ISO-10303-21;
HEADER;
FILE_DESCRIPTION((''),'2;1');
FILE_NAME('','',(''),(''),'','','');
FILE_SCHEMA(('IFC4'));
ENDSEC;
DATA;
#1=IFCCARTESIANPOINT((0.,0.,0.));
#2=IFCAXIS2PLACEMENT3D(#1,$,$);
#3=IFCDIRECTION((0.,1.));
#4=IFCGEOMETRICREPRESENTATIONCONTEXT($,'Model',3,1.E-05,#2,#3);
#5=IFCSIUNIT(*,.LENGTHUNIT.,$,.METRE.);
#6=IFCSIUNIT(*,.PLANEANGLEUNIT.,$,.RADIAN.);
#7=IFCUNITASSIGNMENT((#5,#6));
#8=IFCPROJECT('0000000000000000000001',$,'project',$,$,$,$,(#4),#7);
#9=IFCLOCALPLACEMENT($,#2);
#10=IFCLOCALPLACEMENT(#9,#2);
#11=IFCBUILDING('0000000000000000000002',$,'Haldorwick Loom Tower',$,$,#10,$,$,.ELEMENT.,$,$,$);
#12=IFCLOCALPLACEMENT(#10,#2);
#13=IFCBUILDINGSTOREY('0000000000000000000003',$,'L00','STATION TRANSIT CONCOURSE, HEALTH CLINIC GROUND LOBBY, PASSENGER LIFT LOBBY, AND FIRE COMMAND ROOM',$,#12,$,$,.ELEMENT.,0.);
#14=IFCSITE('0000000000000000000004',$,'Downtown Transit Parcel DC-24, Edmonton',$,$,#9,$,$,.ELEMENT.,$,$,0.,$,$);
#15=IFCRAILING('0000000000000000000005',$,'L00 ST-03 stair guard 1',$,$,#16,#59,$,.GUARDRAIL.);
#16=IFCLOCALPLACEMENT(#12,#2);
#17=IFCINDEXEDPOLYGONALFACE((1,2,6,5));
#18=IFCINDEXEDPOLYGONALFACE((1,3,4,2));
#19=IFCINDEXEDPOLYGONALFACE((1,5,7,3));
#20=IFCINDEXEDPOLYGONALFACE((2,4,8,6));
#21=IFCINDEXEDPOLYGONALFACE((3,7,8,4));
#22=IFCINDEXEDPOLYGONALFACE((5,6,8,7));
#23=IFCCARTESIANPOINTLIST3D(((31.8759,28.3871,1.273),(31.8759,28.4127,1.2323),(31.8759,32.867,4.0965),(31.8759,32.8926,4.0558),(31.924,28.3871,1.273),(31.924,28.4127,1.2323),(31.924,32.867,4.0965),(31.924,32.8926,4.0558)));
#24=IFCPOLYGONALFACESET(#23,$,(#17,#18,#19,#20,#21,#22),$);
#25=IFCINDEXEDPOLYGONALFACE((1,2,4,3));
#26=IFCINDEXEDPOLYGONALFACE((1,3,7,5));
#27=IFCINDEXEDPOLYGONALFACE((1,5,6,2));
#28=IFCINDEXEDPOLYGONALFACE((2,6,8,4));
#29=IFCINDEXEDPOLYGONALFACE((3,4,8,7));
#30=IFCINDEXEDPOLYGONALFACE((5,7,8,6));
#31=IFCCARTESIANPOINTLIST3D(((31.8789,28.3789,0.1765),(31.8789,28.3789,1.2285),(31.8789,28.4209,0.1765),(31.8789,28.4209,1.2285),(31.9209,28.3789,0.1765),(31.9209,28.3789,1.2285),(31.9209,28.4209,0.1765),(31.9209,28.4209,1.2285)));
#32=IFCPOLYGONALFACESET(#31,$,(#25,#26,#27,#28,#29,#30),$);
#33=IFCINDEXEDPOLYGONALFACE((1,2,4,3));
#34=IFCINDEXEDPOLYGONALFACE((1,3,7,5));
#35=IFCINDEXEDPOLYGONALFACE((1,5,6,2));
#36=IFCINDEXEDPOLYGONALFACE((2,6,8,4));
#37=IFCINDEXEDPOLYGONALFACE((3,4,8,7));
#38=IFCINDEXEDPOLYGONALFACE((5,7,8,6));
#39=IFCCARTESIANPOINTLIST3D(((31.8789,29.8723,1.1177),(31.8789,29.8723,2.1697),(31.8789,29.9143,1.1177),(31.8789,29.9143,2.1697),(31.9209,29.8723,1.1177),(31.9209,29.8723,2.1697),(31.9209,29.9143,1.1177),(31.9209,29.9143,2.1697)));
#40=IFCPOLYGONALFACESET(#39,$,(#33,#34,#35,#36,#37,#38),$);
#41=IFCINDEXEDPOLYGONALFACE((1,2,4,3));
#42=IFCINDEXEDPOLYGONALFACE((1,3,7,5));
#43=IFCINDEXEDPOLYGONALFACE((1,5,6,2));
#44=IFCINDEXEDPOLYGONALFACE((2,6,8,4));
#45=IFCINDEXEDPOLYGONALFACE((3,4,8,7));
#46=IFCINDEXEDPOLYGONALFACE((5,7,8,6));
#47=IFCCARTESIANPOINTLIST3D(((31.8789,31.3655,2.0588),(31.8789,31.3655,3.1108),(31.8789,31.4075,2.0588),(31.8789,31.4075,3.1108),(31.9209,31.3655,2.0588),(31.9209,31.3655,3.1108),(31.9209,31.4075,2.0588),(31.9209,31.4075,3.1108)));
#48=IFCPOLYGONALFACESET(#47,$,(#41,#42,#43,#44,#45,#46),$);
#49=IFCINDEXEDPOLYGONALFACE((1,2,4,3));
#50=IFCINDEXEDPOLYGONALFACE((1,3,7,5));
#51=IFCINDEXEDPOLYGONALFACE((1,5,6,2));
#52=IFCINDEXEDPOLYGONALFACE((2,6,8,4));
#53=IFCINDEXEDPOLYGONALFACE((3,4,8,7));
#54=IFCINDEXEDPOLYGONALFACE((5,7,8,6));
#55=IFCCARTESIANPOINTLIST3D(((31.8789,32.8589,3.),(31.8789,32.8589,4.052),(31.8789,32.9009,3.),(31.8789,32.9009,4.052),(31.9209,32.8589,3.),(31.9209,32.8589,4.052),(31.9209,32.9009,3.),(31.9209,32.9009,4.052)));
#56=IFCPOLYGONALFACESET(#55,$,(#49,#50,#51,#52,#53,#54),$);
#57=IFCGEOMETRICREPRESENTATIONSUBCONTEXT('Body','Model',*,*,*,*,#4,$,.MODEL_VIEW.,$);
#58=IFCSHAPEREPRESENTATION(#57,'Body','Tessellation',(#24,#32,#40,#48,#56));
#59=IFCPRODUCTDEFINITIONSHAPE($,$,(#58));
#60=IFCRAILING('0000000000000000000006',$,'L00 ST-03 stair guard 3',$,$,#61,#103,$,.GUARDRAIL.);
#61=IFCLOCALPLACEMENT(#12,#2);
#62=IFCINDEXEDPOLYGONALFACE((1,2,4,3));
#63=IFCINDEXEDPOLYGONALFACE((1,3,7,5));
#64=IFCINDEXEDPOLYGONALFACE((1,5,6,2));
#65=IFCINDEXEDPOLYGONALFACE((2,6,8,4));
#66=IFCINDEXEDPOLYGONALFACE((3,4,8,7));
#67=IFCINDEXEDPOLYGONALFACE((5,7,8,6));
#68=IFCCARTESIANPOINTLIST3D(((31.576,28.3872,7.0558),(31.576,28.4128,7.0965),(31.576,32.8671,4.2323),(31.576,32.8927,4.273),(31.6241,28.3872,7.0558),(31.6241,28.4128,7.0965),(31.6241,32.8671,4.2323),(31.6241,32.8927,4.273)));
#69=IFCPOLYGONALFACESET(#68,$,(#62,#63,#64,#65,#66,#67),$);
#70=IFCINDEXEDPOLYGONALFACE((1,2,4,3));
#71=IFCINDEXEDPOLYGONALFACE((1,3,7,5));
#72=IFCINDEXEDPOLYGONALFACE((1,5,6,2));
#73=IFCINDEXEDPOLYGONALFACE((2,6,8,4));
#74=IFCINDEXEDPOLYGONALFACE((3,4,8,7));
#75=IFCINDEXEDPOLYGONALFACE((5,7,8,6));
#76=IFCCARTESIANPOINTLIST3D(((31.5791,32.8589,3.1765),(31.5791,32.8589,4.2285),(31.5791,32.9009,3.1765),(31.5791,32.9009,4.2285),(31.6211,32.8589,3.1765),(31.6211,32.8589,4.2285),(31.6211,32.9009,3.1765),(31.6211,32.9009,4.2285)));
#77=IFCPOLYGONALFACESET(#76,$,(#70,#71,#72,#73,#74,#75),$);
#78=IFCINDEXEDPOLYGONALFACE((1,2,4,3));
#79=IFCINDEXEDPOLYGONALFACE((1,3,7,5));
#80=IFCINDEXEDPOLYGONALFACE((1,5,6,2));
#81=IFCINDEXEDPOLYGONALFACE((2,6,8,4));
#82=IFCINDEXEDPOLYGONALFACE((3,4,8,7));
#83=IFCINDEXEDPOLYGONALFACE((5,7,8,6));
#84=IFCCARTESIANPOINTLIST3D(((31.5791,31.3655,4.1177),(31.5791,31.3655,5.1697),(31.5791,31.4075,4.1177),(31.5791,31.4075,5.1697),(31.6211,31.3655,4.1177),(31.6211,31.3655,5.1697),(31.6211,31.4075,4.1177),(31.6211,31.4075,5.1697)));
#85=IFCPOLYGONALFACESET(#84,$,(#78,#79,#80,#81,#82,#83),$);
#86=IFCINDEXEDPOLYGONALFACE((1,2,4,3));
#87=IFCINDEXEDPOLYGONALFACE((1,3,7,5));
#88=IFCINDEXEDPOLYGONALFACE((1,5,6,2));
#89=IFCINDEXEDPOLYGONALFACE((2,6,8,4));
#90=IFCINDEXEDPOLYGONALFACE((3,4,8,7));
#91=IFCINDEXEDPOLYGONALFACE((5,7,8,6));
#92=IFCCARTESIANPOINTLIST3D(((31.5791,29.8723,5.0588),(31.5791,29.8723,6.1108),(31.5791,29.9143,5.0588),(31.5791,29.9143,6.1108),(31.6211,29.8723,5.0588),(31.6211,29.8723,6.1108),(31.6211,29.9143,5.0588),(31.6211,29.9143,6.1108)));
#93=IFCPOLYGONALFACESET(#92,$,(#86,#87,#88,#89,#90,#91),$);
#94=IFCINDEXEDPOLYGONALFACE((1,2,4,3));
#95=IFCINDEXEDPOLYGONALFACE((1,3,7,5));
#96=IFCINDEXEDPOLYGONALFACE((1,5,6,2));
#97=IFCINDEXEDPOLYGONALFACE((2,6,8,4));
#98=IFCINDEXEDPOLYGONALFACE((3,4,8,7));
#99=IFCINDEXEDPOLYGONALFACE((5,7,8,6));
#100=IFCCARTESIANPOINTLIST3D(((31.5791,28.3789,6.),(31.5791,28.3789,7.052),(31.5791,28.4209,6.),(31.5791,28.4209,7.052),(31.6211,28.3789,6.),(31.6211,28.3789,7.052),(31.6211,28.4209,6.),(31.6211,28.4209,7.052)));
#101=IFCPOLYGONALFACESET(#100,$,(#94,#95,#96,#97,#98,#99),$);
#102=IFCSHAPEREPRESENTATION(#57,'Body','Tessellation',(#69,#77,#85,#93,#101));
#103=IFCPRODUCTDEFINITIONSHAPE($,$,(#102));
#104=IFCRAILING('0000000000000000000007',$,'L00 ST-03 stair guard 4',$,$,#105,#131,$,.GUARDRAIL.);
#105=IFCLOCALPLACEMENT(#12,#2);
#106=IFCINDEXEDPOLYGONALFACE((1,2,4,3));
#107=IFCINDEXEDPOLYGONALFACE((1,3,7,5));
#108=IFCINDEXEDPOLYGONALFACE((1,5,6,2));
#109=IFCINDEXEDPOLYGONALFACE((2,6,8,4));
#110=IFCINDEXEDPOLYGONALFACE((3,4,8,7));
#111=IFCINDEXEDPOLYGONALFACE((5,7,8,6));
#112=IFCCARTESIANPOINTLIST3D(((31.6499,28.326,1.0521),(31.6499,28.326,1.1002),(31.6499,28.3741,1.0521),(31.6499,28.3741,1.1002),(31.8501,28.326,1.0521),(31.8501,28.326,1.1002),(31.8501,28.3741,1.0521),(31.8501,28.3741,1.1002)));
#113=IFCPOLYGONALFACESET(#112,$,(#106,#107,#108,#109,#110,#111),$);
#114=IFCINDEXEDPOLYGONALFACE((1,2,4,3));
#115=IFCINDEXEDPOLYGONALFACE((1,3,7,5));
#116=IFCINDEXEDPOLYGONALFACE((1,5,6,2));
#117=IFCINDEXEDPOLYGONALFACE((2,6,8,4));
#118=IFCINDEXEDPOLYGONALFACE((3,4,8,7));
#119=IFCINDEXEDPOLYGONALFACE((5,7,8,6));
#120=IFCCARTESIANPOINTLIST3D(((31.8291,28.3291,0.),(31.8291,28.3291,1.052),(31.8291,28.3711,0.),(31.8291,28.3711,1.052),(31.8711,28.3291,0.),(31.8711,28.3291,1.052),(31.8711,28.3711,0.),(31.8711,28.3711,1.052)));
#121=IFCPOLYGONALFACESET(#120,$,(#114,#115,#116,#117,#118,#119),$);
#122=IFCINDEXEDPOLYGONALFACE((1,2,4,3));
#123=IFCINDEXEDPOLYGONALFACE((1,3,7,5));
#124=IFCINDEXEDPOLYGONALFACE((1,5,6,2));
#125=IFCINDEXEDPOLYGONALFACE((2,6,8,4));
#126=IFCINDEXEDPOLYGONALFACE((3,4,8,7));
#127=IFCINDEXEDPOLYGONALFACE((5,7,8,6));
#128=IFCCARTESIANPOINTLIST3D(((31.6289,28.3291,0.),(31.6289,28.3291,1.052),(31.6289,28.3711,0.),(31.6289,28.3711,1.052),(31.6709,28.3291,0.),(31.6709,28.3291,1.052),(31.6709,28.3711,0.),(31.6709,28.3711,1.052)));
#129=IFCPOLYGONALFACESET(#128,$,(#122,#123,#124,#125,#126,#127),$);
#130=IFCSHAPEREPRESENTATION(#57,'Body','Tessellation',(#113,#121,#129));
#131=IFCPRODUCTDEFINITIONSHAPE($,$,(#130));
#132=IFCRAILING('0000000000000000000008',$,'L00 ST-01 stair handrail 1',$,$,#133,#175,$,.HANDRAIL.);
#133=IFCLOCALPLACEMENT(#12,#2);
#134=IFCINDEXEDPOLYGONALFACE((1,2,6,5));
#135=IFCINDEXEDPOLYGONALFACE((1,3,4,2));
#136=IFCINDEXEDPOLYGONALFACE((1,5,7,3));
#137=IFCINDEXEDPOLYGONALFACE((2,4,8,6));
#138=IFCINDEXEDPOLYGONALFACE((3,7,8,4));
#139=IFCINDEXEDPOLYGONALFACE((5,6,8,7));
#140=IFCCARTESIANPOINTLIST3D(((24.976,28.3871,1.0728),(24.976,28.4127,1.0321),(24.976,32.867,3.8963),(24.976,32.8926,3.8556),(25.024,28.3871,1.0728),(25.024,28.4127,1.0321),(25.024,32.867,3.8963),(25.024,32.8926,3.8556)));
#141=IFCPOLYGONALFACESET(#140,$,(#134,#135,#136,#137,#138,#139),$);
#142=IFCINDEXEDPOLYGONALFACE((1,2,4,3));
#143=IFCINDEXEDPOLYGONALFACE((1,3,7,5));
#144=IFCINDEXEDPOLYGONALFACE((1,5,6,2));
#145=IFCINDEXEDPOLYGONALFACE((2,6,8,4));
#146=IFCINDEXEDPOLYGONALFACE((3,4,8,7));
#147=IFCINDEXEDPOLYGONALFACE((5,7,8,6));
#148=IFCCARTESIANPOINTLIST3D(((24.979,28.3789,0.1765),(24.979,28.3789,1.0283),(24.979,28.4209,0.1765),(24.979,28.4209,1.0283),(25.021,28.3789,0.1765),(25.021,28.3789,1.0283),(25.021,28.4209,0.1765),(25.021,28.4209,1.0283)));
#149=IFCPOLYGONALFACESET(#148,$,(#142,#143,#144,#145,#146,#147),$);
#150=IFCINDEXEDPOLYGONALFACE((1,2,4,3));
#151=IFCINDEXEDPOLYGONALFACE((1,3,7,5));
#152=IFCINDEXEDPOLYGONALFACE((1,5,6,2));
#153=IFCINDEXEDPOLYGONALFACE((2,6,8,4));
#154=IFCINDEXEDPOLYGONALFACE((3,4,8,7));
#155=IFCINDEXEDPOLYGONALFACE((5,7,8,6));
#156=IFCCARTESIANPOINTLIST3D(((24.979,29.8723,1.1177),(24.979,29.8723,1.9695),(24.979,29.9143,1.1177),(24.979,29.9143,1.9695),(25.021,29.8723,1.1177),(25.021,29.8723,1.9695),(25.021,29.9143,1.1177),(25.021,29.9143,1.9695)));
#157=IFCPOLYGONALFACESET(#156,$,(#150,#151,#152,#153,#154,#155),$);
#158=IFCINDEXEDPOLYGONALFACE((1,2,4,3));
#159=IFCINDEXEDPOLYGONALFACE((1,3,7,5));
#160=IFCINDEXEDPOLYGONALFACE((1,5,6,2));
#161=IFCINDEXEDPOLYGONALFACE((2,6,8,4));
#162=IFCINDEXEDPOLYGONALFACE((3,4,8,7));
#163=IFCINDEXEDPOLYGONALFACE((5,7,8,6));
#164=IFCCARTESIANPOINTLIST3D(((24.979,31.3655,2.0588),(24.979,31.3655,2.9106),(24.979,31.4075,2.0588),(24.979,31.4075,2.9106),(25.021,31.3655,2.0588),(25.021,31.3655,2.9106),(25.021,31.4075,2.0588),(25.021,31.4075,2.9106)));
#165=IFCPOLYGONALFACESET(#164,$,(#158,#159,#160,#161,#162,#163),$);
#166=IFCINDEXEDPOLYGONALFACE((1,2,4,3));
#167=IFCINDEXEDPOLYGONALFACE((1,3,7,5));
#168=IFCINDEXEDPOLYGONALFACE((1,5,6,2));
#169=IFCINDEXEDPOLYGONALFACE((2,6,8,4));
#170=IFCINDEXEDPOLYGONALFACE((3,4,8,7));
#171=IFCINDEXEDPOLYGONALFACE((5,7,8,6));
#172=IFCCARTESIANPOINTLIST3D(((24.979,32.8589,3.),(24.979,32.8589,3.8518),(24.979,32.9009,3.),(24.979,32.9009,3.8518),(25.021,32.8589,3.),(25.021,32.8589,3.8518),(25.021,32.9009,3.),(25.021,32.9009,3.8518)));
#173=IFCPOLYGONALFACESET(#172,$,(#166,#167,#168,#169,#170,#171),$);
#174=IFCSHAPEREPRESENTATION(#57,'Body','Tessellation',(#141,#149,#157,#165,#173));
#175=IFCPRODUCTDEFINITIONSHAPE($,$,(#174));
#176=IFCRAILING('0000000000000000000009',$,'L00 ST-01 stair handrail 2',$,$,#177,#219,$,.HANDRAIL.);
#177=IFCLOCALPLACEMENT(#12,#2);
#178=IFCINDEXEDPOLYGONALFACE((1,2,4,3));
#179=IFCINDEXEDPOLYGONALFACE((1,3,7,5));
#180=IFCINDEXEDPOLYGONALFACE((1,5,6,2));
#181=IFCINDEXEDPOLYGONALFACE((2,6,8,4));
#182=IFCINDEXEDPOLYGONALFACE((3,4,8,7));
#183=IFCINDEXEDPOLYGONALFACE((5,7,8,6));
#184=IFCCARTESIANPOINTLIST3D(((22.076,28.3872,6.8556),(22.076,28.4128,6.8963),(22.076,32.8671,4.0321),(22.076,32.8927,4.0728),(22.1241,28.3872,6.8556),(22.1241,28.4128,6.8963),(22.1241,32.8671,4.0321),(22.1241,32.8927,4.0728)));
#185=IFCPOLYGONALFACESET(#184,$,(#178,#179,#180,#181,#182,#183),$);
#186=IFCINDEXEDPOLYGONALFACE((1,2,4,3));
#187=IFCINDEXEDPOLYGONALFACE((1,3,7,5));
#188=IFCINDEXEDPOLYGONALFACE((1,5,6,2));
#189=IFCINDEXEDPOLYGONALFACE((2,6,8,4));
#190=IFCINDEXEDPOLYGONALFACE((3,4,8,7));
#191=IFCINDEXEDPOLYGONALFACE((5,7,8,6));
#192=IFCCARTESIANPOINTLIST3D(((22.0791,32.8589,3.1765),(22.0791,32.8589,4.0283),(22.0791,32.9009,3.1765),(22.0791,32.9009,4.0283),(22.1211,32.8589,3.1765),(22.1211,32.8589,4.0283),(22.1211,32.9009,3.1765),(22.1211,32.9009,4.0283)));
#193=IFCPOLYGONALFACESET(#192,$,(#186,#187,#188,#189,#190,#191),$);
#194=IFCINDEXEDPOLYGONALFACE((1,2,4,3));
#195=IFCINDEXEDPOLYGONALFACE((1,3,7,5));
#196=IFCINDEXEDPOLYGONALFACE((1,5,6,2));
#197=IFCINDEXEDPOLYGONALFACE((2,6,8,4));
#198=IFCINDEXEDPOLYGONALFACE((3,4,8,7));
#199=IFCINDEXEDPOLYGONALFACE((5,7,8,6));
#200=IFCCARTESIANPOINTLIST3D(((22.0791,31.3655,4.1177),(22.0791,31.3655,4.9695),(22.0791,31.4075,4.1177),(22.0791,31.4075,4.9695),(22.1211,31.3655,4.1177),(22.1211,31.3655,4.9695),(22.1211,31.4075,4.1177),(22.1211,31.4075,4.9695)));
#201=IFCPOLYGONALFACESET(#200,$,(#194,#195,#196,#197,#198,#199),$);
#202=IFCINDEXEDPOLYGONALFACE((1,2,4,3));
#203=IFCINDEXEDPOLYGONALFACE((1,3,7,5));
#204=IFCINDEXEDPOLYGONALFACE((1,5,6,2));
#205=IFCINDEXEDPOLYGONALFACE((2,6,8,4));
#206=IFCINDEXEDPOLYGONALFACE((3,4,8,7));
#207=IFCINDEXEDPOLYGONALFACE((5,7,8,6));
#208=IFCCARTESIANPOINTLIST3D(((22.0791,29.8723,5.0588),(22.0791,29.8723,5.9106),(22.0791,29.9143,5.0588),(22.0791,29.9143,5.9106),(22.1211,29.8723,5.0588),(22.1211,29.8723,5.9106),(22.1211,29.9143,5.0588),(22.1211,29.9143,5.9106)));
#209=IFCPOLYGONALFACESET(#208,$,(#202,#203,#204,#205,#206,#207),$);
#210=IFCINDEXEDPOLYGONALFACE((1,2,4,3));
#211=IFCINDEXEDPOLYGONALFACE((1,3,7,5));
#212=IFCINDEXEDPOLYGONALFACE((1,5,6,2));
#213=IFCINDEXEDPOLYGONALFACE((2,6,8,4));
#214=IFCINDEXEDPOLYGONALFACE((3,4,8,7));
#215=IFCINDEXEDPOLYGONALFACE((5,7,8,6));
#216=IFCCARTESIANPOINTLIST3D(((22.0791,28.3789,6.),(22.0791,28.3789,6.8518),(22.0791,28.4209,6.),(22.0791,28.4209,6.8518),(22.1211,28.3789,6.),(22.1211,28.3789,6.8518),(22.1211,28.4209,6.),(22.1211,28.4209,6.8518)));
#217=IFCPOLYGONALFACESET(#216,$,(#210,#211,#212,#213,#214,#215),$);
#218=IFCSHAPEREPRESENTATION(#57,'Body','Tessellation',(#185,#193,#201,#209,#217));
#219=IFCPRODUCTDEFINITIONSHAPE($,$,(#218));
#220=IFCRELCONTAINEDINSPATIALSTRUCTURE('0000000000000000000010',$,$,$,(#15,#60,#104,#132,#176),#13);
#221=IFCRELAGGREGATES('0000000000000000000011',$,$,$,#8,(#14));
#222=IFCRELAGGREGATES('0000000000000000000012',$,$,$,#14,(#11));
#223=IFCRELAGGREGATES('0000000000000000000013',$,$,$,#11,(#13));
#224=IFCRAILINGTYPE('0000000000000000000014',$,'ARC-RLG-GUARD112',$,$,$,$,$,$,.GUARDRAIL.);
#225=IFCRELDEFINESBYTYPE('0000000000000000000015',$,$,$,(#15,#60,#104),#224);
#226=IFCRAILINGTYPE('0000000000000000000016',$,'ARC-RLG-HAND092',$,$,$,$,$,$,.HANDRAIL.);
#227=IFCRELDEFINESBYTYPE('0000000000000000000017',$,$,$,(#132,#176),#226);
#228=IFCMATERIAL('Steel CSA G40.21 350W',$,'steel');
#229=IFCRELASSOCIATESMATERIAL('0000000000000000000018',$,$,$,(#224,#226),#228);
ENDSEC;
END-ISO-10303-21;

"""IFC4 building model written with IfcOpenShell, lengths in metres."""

from ifc_helpers import new_model, si_unit, direction, frame, origin, origin_2d, place, context, subcontext, project, spatial, rectangle, extrude, material, type_object, element, save


model = new_model("IFC4")

# Units and contexts
model_context = context("Model", 3, precision=1e-05, world=origin(), true_north=direction((0.0, 1.0)))
body_context = subcontext(model_context, "Body", "Model", "MODEL_VIEW")
ifc_project = project(units=[si_unit("LENGTHUNIT", "METRE"), si_unit("PLANEANGLEUNIT", "RADIAN")], contexts=[model_context])

# Site, building, storey
site_placement = place(None, origin())
site = spatial("IfcSite", under=ifc_project, at=site_placement, Name="Downtown Transit Parcel DC-24, Edmonton", CompositionType="ELEMENT", RefElevation=0.0)
building_placement = place(site_placement, origin())
building = spatial("IfcBuilding", under=site, at=building_placement, Name="Haldorwick Loom Tower", CompositionType="ELEMENT")
storey_placement = place(building_placement, origin())
storey = spatial("IfcBuildingStorey", under=building, at=storey_placement, Name="L00", Description="STATION TRANSIT CONCOURSE, HEALTH CLINIC GROUND LOBBY, PASSENGER LIFT LOBBY, AND FIRE COMMAND ROOM", CompositionType="ELEMENT", Elevation=0.0)

# Shared definitions
ifc_material_1 = material(Name="Steel CSA G40.21 350W", Category="steel")

# Railings
railing_type_1 = type_object("IfcRailingType", Name="ARC-RLG-GUARD112", PredefinedType="GUARDRAIL", material=ifc_material_1)
railing_1_placement = place(storey_placement, frame((31.8999, 28.3999, 0.1765)))
element("IfcRailing", 1, at=railing_1_placement, inside=storey, type_object=railing_type_1, Name="L00 ST-03 stair guard 1", PredefinedType="GUARDRAIL", context=body_context, shape_type="SweptSolid", body=[
    extrude(rectangle(XDim=0.0481, YDim=0.0481, at=origin_2d()), frame((0.0, 0.0, 1.0762), z_axis=(0.0, 0.845998, 0.533186), x_axis=(-1.0, 0.0, 0.0)), (0.0, 0.0, 1.0), 5.2954),
    extrude(rectangle(XDim=0.042, YDim=0.042, at=origin_2d()), origin(), (0.0, 0.0, 1.0), 1.052),
    extrude(rectangle(XDim=0.042, YDim=0.042, at=origin_2d()), frame((0.0, 1.4934, 0.9412)), (0.0, 0.0, 1.0), 1.052),
    extrude(rectangle(XDim=0.042, YDim=0.042, at=origin_2d()), frame((0.0, 2.9866, 1.8823)), (0.0, 0.0, 1.0), 1.052),
    extrude(rectangle(XDim=0.042, YDim=0.042, at=origin_2d()), frame((0.0, 4.48, 2.8235)), (0.0, 0.0, 1.0), 1.052),
])
railing_2_placement = place(storey_placement, frame((31.6001, 32.8799, 3.1765)))
element("IfcRailing", 2, at=railing_2_placement, inside=storey, type_object=railing_type_1, Name="L00 ST-03 stair guard 3", PredefinedType="GUARDRAIL", context=body_context, shape_type="SweptSolid", body=[
    extrude(rectangle(XDim=0.0481, YDim=0.0481, at=origin_2d()), frame((0.0, 0.0, 1.0762), z_axis=(0.0, -0.845998, 0.533186), x_axis=(1.0, 0.0, 0.0)), (0.0, 0.0, 1.0), 5.2954),
    extrude(rectangle(XDim=0.042, YDim=0.042, at=origin_2d()), origin(), (0.0, 0.0, 1.0), 1.052),
    extrude(rectangle(XDim=0.042, YDim=0.042, at=origin_2d()), frame((0.0, -1.4934, 0.9412)), (0.0, 0.0, 1.0), 1.052),
    extrude(rectangle(XDim=0.042, YDim=0.042, at=origin_2d()), frame((0.0, -2.9866, 1.8823)), (0.0, 0.0, 1.0), 1.052),
    extrude(rectangle(XDim=0.042, YDim=0.042, at=origin_2d()), frame((0.0, -4.48, 2.8235)), (0.0, 0.0, 1.0), 1.052),
])
railing_3_placement = place(storey_placement, frame((31.8501, 28.3501, 0.0)))
element("IfcRailing", 3, at=railing_3_placement, inside=storey, type_object=railing_type_1, Name="L00 ST-03 stair guard 4", PredefinedType="GUARDRAIL", context=body_context, shape_type="SweptSolid", body=[
    extrude(rectangle(XDim=0.0481, YDim=0.0481, at=origin_2d()), frame((0.0, 0.0, 1.0762), z_axis=(-1.0, 0.0, 0.0), x_axis=(0.0, -1.0, 0.0)), (0.0, 0.0, 1.0), 0.2002),
    extrude(rectangle(XDim=0.042, YDim=0.042, at=origin_2d()), origin(), (0.0, 0.0, 1.0), 1.052),
    extrude(rectangle(XDim=0.042, YDim=0.042, at=origin_2d()), frame((-0.2002, 0.0, 0.0)), (0.0, 0.0, 1.0), 1.052),
])
railing_type_2 = type_object("IfcRailingType", Name="ARC-RLG-HAND092", PredefinedType="HANDRAIL", material=ifc_material_1)
railing_4_placement = place(storey_placement, frame((25.0, 28.3999, 0.1765)))
element("IfcRailing", 4, at=railing_4_placement, inside=storey, type_object=railing_type_2, Name="L00 ST-01 stair handrail 1", PredefinedType="HANDRAIL", context=body_context, shape_type="SweptSolid", body=[
    extrude(rectangle(XDim=0.0481, YDim=0.0481, at=origin_2d()), frame((0.0, 0.0, 0.876), z_axis=(0.0, 0.845998, 0.533186), x_axis=(-1.0, 0.0, 0.0)), (0.0, 0.0, 1.0), 5.2954),
    extrude(rectangle(XDim=0.042, YDim=0.042, at=origin_2d()), origin(), (0.0, 0.0, 1.0), 0.8518),
    extrude(rectangle(XDim=0.042, YDim=0.042, at=origin_2d()), frame((0.0, 1.4934, 0.9412)), (0.0, 0.0, 1.0), 0.8518),
    extrude(rectangle(XDim=0.042, YDim=0.042, at=origin_2d()), frame((0.0, 2.9866, 1.8823)), (0.0, 0.0, 1.0), 0.8518),
    extrude(rectangle(XDim=0.042, YDim=0.042, at=origin_2d()), frame((0.0, 4.48, 2.8235)), (0.0, 0.0, 1.0), 0.8518),
])
railing_5_placement = place(storey_placement, frame((22.1001, 32.8799, 3.1765)))
element("IfcRailing", 5, at=railing_5_placement, inside=storey, type_object=railing_type_2, Name="L00 ST-01 stair handrail 2", PredefinedType="HANDRAIL", context=body_context, shape_type="SweptSolid", body=[
    extrude(rectangle(XDim=0.0481, YDim=0.0481, at=origin_2d()), frame((0.0, 0.0, 0.876), z_axis=(0.0, -0.845998, 0.533186), x_axis=(1.0, 0.0, 0.0)), (0.0, 0.0, 1.0), 5.2954),
    extrude(rectangle(XDim=0.042, YDim=0.042, at=origin_2d()), origin(), (0.0, 0.0, 1.0), 0.8518),
    extrude(rectangle(XDim=0.042, YDim=0.042, at=origin_2d()), frame((0.0, -1.4934, 0.9412)), (0.0, 0.0, 1.0), 0.8518),
    extrude(rectangle(XDim=0.042, YDim=0.042, at=origin_2d()), frame((0.0, -2.9866, 1.8823)), (0.0, 0.0, 1.0), 0.8518),
    extrude(rectangle(XDim=0.042, YDim=0.042, at=origin_2d()), frame((0.0, -4.48, 2.8235)), (0.0, 0.0, 1.0), 0.8518),
])

save(model, "model.ifc")
